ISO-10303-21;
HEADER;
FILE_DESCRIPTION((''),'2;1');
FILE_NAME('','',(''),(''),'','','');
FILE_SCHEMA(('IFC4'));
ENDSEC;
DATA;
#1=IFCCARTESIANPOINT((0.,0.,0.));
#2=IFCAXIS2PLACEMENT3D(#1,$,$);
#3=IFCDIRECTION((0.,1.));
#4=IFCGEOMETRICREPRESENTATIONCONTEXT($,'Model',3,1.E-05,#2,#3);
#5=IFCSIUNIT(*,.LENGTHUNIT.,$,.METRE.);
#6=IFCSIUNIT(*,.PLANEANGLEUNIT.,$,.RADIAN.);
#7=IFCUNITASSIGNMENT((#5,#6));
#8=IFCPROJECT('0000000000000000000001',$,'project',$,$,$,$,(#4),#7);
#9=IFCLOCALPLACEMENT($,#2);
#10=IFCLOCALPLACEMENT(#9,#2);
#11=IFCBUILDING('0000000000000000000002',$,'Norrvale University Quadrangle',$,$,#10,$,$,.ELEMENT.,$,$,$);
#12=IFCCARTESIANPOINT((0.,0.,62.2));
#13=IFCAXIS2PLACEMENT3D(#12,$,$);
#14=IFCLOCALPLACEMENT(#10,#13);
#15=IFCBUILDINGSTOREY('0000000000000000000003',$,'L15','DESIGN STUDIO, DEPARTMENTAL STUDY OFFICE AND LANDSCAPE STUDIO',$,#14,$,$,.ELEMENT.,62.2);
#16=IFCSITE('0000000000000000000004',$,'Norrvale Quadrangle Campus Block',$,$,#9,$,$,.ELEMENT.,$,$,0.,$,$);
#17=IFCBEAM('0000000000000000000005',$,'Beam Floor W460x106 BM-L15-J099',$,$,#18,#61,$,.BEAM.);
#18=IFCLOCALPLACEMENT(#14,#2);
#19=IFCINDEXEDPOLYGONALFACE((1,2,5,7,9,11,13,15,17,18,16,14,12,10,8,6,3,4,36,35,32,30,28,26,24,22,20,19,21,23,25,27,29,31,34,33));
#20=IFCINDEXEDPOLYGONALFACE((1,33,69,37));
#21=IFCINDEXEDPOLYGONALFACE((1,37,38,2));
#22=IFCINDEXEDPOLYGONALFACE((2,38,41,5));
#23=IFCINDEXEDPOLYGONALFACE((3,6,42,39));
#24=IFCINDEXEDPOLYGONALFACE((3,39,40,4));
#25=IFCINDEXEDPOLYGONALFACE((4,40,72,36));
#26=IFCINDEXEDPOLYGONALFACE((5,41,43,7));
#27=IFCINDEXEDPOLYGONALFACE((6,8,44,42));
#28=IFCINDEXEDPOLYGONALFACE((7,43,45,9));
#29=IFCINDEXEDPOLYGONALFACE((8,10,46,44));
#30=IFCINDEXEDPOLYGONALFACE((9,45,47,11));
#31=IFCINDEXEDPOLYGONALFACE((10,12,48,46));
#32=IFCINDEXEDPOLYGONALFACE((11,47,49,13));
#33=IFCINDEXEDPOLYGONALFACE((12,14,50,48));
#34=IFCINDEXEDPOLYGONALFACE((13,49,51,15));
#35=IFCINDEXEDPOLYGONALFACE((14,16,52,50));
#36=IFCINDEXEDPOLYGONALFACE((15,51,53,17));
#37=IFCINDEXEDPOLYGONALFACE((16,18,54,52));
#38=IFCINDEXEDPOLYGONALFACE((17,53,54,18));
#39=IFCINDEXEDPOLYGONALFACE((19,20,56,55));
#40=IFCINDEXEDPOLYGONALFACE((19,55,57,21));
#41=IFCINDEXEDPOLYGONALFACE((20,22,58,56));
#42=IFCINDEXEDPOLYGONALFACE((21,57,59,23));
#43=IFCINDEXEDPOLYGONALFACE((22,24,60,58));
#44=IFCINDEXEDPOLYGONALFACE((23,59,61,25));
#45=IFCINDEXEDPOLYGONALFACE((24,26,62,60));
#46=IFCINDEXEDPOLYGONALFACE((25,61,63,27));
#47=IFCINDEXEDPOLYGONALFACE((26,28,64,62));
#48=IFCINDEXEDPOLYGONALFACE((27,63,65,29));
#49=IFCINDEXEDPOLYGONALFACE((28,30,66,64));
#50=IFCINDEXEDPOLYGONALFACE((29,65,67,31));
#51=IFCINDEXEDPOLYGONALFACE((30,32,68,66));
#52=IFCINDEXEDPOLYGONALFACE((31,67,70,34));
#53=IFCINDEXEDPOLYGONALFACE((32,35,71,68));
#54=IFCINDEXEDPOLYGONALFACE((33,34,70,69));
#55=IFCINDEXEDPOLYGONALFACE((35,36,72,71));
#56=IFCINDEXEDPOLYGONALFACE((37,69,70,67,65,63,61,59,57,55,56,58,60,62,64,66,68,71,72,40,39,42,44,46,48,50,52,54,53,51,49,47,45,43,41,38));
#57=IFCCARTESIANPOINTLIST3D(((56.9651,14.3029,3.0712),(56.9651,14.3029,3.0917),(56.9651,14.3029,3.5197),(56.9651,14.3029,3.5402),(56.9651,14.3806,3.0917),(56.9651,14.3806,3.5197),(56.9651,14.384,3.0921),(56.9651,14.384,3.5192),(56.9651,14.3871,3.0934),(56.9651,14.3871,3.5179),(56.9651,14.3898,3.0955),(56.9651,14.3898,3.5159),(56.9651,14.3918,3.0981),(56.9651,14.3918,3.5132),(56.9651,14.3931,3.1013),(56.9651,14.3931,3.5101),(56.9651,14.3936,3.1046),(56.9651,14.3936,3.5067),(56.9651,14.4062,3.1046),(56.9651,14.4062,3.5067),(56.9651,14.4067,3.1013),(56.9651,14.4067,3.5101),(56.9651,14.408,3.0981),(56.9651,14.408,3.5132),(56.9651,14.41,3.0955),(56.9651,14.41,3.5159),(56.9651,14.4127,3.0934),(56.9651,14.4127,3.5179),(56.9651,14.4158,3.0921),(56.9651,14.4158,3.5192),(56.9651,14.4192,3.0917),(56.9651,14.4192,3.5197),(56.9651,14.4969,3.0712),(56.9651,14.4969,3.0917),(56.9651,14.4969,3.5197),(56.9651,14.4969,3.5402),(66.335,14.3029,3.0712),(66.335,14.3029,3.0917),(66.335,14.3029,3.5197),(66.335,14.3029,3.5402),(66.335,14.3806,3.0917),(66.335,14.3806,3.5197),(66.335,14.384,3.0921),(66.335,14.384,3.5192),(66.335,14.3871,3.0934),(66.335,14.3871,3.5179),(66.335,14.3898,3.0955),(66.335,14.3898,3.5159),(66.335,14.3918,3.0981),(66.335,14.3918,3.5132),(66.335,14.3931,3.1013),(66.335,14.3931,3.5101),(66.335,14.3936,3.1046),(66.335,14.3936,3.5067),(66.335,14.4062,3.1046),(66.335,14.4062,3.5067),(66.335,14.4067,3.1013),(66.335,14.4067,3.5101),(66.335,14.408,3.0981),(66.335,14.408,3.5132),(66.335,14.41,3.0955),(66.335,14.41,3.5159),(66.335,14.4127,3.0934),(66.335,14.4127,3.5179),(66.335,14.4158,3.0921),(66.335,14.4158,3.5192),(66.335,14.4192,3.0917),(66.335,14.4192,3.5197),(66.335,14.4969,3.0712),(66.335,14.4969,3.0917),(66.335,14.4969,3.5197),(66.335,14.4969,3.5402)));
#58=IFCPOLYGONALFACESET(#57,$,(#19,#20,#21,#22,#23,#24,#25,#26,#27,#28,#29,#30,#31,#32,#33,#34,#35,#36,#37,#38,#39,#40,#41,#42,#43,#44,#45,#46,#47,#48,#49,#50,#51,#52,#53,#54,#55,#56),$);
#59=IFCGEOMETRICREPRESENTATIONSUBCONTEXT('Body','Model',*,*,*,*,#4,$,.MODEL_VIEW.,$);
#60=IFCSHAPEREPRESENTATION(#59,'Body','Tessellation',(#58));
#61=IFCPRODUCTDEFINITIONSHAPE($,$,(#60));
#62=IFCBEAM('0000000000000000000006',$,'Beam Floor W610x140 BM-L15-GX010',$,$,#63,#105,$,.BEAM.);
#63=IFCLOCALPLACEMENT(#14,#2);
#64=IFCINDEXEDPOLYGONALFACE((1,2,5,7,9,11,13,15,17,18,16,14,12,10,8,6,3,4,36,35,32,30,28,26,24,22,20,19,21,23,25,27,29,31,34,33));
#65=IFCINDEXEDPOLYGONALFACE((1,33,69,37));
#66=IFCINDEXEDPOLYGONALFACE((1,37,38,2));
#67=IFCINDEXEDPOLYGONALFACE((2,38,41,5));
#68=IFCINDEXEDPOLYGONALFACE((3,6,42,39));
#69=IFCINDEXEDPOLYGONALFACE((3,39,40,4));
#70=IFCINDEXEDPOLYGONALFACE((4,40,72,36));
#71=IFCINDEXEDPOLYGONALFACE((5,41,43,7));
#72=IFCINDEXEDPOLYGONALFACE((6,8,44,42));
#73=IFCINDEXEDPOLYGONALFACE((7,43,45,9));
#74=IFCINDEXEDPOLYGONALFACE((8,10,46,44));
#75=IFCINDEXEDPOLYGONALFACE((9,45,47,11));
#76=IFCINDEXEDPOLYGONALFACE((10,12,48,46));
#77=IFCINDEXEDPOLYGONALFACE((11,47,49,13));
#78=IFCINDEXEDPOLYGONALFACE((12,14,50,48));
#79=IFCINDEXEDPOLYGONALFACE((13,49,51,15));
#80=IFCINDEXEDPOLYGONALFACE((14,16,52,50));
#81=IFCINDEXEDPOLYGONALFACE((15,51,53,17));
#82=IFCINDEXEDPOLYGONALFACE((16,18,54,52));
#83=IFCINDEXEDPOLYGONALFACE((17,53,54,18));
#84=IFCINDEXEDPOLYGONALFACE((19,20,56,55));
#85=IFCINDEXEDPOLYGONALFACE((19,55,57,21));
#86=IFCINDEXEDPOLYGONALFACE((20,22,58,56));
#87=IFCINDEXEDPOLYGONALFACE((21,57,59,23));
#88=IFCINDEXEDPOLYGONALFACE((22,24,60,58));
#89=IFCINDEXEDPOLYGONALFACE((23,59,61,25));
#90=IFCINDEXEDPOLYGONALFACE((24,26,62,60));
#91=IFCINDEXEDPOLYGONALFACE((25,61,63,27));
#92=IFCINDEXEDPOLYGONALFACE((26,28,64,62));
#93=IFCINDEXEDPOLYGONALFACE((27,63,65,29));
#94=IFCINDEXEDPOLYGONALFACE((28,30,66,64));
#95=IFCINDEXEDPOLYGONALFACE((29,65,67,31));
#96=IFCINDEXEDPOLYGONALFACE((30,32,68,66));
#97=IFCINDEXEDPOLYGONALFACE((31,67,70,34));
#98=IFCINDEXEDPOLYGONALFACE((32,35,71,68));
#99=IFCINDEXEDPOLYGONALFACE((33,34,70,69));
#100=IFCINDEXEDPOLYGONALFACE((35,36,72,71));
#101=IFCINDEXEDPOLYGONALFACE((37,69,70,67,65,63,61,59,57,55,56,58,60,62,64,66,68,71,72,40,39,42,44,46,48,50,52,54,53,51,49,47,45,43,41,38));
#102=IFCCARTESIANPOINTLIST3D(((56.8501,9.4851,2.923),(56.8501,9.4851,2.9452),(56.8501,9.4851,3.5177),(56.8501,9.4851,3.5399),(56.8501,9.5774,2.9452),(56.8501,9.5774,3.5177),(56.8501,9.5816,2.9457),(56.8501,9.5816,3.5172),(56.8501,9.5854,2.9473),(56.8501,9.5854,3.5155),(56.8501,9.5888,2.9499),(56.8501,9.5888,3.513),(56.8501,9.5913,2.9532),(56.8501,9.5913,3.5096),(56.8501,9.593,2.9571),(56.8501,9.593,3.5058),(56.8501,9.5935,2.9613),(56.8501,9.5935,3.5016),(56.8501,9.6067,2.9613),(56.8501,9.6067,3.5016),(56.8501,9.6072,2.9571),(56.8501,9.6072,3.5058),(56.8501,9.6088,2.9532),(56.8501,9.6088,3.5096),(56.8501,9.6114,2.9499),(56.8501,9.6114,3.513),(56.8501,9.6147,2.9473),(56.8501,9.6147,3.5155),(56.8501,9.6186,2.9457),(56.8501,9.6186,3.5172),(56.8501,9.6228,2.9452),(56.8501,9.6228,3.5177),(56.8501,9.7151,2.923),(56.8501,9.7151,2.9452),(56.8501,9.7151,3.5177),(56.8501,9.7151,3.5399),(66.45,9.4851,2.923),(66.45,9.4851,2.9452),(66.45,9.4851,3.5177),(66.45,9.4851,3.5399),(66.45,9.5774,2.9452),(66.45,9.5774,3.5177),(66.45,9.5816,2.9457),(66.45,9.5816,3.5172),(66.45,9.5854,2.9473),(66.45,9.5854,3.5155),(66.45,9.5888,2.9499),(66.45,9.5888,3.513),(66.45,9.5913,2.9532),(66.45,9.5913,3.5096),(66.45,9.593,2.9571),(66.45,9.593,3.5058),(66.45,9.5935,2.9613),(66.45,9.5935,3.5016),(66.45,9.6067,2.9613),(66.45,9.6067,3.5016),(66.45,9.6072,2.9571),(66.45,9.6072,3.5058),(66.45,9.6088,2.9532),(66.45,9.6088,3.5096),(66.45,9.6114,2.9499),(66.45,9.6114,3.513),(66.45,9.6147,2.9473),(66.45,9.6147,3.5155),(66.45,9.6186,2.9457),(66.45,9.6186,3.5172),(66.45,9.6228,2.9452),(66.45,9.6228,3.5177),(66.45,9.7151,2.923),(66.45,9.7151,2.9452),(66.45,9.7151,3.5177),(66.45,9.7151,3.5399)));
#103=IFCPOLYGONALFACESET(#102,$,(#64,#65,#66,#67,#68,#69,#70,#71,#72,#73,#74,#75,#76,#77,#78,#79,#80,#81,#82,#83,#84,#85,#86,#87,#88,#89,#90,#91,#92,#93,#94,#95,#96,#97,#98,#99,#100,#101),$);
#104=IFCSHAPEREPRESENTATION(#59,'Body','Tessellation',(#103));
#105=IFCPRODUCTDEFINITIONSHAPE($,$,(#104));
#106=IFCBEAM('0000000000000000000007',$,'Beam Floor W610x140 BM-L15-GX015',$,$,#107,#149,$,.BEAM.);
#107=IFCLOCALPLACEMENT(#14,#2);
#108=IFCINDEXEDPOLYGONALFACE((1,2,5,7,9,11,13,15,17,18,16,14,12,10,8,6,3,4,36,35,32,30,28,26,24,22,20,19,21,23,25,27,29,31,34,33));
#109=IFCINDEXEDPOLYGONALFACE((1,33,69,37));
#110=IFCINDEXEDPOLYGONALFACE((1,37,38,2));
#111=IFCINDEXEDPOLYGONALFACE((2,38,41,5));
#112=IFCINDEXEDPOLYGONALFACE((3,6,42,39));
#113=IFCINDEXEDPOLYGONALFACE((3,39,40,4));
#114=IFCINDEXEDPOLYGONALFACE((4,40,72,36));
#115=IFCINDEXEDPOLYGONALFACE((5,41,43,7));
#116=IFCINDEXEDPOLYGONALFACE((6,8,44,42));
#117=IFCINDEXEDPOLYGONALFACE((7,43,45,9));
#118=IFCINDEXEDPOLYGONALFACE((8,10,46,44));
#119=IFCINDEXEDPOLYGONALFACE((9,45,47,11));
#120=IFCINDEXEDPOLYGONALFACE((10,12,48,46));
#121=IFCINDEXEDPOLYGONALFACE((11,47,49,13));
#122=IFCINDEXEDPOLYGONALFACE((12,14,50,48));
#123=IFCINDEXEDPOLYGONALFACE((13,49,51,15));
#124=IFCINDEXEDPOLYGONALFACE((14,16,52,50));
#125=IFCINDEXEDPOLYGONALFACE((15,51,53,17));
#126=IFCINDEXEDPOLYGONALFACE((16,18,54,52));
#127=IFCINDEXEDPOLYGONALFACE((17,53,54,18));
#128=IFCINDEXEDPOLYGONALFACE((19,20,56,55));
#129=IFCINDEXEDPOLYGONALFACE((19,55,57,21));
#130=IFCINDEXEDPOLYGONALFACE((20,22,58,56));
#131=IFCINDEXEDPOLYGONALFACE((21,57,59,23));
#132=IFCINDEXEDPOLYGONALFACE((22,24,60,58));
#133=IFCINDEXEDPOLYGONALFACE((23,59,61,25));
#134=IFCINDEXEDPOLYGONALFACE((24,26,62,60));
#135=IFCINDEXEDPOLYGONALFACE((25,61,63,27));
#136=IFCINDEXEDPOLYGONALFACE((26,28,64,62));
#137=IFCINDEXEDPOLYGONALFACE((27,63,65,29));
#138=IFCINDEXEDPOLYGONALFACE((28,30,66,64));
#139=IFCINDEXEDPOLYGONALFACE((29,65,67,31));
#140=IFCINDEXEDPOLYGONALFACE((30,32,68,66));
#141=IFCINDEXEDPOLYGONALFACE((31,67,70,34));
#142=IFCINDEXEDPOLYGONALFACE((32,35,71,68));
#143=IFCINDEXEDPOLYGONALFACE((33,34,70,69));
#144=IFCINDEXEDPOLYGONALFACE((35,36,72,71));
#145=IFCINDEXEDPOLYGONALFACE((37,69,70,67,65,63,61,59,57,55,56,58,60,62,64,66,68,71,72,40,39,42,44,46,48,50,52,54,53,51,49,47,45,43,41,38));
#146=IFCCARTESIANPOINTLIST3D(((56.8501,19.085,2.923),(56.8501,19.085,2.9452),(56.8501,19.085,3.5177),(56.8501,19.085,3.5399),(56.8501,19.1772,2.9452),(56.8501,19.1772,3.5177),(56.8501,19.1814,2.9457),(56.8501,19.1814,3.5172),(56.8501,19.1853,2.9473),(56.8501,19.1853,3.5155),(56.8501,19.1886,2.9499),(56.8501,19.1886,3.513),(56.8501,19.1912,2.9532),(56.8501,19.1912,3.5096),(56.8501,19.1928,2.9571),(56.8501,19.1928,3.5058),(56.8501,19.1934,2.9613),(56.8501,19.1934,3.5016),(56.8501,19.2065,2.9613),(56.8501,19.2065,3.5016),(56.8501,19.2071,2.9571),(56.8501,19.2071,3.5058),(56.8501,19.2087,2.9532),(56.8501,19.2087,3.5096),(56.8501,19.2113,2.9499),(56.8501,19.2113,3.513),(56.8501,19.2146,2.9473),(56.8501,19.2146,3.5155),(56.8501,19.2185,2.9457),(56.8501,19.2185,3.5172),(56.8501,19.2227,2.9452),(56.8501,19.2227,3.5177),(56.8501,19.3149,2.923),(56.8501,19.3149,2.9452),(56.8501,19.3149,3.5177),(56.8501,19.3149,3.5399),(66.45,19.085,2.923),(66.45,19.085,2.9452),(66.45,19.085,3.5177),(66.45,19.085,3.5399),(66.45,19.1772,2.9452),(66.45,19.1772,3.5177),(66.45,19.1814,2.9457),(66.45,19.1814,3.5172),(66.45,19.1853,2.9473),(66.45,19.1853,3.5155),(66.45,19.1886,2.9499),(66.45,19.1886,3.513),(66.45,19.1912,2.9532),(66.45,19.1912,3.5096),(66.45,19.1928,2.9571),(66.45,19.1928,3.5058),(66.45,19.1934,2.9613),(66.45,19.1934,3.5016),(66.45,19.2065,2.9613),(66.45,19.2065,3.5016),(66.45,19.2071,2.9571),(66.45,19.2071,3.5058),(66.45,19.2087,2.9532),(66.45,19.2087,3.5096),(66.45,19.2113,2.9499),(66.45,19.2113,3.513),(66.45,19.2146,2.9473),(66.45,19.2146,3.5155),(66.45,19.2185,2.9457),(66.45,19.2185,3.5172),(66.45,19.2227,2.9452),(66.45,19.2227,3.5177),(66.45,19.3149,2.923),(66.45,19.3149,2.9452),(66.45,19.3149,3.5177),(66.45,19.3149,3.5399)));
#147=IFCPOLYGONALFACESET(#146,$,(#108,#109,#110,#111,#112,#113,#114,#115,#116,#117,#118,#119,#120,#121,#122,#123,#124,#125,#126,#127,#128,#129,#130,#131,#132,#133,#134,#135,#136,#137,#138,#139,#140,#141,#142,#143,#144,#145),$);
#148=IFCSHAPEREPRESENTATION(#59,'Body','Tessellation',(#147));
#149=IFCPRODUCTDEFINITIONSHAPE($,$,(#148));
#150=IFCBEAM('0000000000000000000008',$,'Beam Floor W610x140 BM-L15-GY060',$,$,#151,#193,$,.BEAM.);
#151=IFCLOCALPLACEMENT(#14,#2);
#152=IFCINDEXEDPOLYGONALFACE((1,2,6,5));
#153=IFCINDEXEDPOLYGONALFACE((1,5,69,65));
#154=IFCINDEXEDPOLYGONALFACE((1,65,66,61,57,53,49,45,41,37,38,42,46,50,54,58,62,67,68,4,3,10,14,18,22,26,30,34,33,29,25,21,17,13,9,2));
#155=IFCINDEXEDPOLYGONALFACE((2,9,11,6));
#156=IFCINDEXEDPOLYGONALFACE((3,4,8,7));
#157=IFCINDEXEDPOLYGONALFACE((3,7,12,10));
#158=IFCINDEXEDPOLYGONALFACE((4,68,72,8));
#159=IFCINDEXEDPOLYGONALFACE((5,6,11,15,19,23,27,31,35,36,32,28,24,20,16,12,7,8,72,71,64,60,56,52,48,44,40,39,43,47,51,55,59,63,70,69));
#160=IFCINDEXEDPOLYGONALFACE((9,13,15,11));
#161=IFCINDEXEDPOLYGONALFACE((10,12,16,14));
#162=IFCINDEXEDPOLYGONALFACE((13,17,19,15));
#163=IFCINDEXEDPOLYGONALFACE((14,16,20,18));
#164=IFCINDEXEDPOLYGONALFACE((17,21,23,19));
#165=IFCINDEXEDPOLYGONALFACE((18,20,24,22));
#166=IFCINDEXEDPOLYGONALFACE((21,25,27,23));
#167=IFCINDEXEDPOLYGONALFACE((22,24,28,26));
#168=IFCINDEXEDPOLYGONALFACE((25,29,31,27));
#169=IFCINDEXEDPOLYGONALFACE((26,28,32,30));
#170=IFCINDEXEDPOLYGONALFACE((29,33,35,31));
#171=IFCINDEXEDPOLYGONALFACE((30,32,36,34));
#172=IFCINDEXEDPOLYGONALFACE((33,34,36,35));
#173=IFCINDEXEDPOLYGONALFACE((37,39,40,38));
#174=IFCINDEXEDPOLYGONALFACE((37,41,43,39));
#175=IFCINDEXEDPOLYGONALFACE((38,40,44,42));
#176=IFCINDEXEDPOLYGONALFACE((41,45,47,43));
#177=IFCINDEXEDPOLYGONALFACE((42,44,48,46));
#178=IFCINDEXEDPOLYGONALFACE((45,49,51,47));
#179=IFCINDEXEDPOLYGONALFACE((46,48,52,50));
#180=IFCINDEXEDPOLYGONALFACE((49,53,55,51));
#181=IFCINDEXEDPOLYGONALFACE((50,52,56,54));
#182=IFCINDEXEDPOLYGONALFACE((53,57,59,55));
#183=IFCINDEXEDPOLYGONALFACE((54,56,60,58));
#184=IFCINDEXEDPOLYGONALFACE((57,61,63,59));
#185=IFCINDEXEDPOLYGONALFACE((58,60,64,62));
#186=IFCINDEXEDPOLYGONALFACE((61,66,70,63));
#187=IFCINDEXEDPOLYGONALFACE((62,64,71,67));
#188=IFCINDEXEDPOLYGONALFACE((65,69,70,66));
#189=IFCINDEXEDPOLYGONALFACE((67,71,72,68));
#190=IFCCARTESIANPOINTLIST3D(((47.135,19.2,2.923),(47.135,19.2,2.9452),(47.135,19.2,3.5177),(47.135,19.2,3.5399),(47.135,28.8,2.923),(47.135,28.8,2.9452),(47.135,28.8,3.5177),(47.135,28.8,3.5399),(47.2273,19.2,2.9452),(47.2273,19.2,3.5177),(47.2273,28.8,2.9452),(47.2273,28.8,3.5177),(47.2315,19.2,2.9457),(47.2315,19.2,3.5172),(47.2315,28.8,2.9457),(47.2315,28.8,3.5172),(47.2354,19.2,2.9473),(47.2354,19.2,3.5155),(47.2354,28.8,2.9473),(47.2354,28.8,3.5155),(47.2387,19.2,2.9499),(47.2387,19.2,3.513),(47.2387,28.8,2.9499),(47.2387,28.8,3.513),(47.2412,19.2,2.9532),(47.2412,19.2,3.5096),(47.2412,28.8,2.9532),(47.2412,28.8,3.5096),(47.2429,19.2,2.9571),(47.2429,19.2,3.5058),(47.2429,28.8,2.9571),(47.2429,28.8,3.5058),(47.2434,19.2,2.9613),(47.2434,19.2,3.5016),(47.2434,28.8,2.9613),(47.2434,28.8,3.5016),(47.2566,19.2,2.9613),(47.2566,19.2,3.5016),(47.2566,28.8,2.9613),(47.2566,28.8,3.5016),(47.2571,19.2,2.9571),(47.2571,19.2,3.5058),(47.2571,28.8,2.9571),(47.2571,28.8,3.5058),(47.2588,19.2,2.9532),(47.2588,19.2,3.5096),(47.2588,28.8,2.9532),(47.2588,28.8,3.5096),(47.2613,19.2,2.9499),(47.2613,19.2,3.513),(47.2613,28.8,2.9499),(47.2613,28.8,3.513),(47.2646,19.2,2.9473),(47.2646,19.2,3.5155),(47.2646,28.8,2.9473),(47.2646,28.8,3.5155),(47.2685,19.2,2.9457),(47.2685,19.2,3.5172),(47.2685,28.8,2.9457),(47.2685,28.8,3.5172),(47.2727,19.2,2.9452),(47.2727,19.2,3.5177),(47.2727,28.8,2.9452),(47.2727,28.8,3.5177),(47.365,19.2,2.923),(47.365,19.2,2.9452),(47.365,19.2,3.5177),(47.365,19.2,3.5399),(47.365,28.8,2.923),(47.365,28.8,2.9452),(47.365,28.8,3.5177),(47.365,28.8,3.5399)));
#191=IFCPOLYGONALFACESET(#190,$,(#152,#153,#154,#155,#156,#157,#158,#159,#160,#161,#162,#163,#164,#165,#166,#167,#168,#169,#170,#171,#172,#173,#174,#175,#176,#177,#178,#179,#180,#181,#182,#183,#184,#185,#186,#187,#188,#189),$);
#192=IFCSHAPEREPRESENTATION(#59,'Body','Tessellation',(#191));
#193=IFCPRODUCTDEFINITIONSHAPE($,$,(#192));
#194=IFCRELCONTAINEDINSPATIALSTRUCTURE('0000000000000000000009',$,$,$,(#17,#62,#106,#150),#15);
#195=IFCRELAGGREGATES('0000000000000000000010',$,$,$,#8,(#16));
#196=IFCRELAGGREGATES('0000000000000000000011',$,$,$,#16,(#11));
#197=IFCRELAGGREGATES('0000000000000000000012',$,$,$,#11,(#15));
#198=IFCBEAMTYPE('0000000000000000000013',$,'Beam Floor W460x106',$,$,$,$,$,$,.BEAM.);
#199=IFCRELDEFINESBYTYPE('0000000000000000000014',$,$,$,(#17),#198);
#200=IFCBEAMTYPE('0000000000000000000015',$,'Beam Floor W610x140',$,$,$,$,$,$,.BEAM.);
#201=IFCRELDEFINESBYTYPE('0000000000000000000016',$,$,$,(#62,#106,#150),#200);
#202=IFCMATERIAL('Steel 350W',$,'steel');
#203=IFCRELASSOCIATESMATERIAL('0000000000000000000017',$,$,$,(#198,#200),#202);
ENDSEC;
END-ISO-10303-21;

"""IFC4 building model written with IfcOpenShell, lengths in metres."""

from ifc_helpers import new_model, si_unit, direction, frame, origin, origin_2d, place, context, subcontext, project, spatial, i_section, extrude, material, material_profile, profile_set, type_object, element, save


model = new_model("IFC4")

# Units and contexts
model_context = context("Model", 3, precision=1e-05, world=origin(), true_north=direction((0.0, 1.0)))
body_context = subcontext(model_context, "Body", "Model", "MODEL_VIEW")
ifc_project = project(units=[si_unit("LENGTHUNIT", "METRE"), si_unit("PLANEANGLEUNIT", "RADIAN")], contexts=[model_context])

# Site, building, storey
site_placement = place(None, origin())
site = spatial("IfcSite", under=ifc_project, at=site_placement, Name="Norrvale Quadrangle Campus Block", CompositionType="ELEMENT", RefElevation=0.0)
building_placement = place(site_placement, origin())
building = spatial("IfcBuilding", under=site, at=building_placement, Name="Norrvale University Quadrangle", CompositionType="ELEMENT")
storey_placement = place(building_placement, frame((0.0, 0.0, 62.2)))
storey = spatial("IfcBuildingStorey", under=building, at=storey_placement, Name="L15", Description="DESIGN STUDIO, DEPARTMENTAL STUDY OFFICE AND LANDSCAPE STUDIO", CompositionType="ELEMENT", Elevation=62.2)

# Beams
ifc_material_1 = material(Name="Steel 350W", Category="steel")
ifc_material_profile_1 = material_profile(ifc_material_1, i_section(OverallWidth=0.1941, OverallDepth=0.469, WebThickness=0.0127, FlangeThickness=0.0205, FilletRadius=0.0129, at=origin_2d()), Name="Steel 350W")
ifc_profile_set_1 = profile_set([ifc_material_profile_1], Name="Steel 350W")
beam_type_1 = type_object("IfcBeamType", Name="Beam Floor W460x106", PredefinedType="BEAM", material=ifc_profile_set_1)
beam_1_placement = place(storey_placement, frame((56.9651, 14.3999, 3.3057), z_axis=(1.0, 0.0, 0.0), x_axis=(0.0, 1.0, 0.0)))
element("IfcBeam", 1, at=beam_1_placement, inside=storey, type_object=beam_type_1, Name="Beam Floor W460x106 BM-L15-J099", PredefinedType="BEAM", context=body_context, shape_type="SweptSolid", body=[
    extrude(i_section(OverallWidth=0.1941, OverallDepth=0.469, WebThickness=0.0127, FlangeThickness=0.0205, FilletRadius=0.0129, at=origin_2d()), origin(), (0.0, 0.0, 1.0), 9.3699),
])
ifc_material_profile_2 = material_profile(ifc_material_1, i_section(OverallWidth=0.23, OverallDepth=0.6169, WebThickness=0.0132, FlangeThickness=0.0222, FilletRadius=0.0161, at=origin_2d()), Name="Steel 350W")
ifc_profile_set_2 = profile_set([ifc_material_profile_2], Name="Steel 350W")
beam_type_2 = type_object("IfcBeamType", Name="Beam Floor W610x140", PredefinedType="BEAM", material=ifc_profile_set_2)
for number, where, z_axis, x_axis, name in (
    (2, (56.8501, 9.6001, 3.2314), (1.0, 0.0, 0.0), (0.0, 1.0, 0.0), "Beam Floor W610x140 BM-L15-GX010"),
    (3, (56.8501, 19.2, 3.2314), (1.0, 0.0, 0.0), (0.0, 1.0, 0.0), "Beam Floor W610x140 BM-L15-GX015"),
):
    element("IfcBeam", number, at=place(storey_placement, frame(where, z_axis=z_axis, x_axis=x_axis)), inside=storey, type_object=beam_type_2, Name=name, PredefinedType="BEAM", context=body_context, shape_type="SweptSolid", body=[
        extrude(i_section(OverallWidth=0.23, OverallDepth=0.6169, WebThickness=0.0132, FlangeThickness=0.0222, FilletRadius=0.0161, at=origin_2d()), origin(), (0.0, 0.0, 1.0), 9.5999),
    ])
beam_2_placement = place(storey_placement, frame((47.25, 19.2, 3.2314), z_axis=(0.0, 1.0, 0.0), x_axis=(-1.0, 0.0, 0.0)))
element("IfcBeam", 4, at=beam_2_placement, inside=storey, type_object=beam_type_2, Name="Beam Floor W610x140 BM-L15-GY060", PredefinedType="BEAM", context=body_context, shape_type="SweptSolid", body=[
    extrude(i_section(OverallWidth=0.23, OverallDepth=0.6169, WebThickness=0.0132, FlangeThickness=0.0222, FilletRadius=0.0161, at=origin_2d()), origin(), (0.0, 0.0, 1.0), 9.6001),
])

save(model, "model.ifc")
